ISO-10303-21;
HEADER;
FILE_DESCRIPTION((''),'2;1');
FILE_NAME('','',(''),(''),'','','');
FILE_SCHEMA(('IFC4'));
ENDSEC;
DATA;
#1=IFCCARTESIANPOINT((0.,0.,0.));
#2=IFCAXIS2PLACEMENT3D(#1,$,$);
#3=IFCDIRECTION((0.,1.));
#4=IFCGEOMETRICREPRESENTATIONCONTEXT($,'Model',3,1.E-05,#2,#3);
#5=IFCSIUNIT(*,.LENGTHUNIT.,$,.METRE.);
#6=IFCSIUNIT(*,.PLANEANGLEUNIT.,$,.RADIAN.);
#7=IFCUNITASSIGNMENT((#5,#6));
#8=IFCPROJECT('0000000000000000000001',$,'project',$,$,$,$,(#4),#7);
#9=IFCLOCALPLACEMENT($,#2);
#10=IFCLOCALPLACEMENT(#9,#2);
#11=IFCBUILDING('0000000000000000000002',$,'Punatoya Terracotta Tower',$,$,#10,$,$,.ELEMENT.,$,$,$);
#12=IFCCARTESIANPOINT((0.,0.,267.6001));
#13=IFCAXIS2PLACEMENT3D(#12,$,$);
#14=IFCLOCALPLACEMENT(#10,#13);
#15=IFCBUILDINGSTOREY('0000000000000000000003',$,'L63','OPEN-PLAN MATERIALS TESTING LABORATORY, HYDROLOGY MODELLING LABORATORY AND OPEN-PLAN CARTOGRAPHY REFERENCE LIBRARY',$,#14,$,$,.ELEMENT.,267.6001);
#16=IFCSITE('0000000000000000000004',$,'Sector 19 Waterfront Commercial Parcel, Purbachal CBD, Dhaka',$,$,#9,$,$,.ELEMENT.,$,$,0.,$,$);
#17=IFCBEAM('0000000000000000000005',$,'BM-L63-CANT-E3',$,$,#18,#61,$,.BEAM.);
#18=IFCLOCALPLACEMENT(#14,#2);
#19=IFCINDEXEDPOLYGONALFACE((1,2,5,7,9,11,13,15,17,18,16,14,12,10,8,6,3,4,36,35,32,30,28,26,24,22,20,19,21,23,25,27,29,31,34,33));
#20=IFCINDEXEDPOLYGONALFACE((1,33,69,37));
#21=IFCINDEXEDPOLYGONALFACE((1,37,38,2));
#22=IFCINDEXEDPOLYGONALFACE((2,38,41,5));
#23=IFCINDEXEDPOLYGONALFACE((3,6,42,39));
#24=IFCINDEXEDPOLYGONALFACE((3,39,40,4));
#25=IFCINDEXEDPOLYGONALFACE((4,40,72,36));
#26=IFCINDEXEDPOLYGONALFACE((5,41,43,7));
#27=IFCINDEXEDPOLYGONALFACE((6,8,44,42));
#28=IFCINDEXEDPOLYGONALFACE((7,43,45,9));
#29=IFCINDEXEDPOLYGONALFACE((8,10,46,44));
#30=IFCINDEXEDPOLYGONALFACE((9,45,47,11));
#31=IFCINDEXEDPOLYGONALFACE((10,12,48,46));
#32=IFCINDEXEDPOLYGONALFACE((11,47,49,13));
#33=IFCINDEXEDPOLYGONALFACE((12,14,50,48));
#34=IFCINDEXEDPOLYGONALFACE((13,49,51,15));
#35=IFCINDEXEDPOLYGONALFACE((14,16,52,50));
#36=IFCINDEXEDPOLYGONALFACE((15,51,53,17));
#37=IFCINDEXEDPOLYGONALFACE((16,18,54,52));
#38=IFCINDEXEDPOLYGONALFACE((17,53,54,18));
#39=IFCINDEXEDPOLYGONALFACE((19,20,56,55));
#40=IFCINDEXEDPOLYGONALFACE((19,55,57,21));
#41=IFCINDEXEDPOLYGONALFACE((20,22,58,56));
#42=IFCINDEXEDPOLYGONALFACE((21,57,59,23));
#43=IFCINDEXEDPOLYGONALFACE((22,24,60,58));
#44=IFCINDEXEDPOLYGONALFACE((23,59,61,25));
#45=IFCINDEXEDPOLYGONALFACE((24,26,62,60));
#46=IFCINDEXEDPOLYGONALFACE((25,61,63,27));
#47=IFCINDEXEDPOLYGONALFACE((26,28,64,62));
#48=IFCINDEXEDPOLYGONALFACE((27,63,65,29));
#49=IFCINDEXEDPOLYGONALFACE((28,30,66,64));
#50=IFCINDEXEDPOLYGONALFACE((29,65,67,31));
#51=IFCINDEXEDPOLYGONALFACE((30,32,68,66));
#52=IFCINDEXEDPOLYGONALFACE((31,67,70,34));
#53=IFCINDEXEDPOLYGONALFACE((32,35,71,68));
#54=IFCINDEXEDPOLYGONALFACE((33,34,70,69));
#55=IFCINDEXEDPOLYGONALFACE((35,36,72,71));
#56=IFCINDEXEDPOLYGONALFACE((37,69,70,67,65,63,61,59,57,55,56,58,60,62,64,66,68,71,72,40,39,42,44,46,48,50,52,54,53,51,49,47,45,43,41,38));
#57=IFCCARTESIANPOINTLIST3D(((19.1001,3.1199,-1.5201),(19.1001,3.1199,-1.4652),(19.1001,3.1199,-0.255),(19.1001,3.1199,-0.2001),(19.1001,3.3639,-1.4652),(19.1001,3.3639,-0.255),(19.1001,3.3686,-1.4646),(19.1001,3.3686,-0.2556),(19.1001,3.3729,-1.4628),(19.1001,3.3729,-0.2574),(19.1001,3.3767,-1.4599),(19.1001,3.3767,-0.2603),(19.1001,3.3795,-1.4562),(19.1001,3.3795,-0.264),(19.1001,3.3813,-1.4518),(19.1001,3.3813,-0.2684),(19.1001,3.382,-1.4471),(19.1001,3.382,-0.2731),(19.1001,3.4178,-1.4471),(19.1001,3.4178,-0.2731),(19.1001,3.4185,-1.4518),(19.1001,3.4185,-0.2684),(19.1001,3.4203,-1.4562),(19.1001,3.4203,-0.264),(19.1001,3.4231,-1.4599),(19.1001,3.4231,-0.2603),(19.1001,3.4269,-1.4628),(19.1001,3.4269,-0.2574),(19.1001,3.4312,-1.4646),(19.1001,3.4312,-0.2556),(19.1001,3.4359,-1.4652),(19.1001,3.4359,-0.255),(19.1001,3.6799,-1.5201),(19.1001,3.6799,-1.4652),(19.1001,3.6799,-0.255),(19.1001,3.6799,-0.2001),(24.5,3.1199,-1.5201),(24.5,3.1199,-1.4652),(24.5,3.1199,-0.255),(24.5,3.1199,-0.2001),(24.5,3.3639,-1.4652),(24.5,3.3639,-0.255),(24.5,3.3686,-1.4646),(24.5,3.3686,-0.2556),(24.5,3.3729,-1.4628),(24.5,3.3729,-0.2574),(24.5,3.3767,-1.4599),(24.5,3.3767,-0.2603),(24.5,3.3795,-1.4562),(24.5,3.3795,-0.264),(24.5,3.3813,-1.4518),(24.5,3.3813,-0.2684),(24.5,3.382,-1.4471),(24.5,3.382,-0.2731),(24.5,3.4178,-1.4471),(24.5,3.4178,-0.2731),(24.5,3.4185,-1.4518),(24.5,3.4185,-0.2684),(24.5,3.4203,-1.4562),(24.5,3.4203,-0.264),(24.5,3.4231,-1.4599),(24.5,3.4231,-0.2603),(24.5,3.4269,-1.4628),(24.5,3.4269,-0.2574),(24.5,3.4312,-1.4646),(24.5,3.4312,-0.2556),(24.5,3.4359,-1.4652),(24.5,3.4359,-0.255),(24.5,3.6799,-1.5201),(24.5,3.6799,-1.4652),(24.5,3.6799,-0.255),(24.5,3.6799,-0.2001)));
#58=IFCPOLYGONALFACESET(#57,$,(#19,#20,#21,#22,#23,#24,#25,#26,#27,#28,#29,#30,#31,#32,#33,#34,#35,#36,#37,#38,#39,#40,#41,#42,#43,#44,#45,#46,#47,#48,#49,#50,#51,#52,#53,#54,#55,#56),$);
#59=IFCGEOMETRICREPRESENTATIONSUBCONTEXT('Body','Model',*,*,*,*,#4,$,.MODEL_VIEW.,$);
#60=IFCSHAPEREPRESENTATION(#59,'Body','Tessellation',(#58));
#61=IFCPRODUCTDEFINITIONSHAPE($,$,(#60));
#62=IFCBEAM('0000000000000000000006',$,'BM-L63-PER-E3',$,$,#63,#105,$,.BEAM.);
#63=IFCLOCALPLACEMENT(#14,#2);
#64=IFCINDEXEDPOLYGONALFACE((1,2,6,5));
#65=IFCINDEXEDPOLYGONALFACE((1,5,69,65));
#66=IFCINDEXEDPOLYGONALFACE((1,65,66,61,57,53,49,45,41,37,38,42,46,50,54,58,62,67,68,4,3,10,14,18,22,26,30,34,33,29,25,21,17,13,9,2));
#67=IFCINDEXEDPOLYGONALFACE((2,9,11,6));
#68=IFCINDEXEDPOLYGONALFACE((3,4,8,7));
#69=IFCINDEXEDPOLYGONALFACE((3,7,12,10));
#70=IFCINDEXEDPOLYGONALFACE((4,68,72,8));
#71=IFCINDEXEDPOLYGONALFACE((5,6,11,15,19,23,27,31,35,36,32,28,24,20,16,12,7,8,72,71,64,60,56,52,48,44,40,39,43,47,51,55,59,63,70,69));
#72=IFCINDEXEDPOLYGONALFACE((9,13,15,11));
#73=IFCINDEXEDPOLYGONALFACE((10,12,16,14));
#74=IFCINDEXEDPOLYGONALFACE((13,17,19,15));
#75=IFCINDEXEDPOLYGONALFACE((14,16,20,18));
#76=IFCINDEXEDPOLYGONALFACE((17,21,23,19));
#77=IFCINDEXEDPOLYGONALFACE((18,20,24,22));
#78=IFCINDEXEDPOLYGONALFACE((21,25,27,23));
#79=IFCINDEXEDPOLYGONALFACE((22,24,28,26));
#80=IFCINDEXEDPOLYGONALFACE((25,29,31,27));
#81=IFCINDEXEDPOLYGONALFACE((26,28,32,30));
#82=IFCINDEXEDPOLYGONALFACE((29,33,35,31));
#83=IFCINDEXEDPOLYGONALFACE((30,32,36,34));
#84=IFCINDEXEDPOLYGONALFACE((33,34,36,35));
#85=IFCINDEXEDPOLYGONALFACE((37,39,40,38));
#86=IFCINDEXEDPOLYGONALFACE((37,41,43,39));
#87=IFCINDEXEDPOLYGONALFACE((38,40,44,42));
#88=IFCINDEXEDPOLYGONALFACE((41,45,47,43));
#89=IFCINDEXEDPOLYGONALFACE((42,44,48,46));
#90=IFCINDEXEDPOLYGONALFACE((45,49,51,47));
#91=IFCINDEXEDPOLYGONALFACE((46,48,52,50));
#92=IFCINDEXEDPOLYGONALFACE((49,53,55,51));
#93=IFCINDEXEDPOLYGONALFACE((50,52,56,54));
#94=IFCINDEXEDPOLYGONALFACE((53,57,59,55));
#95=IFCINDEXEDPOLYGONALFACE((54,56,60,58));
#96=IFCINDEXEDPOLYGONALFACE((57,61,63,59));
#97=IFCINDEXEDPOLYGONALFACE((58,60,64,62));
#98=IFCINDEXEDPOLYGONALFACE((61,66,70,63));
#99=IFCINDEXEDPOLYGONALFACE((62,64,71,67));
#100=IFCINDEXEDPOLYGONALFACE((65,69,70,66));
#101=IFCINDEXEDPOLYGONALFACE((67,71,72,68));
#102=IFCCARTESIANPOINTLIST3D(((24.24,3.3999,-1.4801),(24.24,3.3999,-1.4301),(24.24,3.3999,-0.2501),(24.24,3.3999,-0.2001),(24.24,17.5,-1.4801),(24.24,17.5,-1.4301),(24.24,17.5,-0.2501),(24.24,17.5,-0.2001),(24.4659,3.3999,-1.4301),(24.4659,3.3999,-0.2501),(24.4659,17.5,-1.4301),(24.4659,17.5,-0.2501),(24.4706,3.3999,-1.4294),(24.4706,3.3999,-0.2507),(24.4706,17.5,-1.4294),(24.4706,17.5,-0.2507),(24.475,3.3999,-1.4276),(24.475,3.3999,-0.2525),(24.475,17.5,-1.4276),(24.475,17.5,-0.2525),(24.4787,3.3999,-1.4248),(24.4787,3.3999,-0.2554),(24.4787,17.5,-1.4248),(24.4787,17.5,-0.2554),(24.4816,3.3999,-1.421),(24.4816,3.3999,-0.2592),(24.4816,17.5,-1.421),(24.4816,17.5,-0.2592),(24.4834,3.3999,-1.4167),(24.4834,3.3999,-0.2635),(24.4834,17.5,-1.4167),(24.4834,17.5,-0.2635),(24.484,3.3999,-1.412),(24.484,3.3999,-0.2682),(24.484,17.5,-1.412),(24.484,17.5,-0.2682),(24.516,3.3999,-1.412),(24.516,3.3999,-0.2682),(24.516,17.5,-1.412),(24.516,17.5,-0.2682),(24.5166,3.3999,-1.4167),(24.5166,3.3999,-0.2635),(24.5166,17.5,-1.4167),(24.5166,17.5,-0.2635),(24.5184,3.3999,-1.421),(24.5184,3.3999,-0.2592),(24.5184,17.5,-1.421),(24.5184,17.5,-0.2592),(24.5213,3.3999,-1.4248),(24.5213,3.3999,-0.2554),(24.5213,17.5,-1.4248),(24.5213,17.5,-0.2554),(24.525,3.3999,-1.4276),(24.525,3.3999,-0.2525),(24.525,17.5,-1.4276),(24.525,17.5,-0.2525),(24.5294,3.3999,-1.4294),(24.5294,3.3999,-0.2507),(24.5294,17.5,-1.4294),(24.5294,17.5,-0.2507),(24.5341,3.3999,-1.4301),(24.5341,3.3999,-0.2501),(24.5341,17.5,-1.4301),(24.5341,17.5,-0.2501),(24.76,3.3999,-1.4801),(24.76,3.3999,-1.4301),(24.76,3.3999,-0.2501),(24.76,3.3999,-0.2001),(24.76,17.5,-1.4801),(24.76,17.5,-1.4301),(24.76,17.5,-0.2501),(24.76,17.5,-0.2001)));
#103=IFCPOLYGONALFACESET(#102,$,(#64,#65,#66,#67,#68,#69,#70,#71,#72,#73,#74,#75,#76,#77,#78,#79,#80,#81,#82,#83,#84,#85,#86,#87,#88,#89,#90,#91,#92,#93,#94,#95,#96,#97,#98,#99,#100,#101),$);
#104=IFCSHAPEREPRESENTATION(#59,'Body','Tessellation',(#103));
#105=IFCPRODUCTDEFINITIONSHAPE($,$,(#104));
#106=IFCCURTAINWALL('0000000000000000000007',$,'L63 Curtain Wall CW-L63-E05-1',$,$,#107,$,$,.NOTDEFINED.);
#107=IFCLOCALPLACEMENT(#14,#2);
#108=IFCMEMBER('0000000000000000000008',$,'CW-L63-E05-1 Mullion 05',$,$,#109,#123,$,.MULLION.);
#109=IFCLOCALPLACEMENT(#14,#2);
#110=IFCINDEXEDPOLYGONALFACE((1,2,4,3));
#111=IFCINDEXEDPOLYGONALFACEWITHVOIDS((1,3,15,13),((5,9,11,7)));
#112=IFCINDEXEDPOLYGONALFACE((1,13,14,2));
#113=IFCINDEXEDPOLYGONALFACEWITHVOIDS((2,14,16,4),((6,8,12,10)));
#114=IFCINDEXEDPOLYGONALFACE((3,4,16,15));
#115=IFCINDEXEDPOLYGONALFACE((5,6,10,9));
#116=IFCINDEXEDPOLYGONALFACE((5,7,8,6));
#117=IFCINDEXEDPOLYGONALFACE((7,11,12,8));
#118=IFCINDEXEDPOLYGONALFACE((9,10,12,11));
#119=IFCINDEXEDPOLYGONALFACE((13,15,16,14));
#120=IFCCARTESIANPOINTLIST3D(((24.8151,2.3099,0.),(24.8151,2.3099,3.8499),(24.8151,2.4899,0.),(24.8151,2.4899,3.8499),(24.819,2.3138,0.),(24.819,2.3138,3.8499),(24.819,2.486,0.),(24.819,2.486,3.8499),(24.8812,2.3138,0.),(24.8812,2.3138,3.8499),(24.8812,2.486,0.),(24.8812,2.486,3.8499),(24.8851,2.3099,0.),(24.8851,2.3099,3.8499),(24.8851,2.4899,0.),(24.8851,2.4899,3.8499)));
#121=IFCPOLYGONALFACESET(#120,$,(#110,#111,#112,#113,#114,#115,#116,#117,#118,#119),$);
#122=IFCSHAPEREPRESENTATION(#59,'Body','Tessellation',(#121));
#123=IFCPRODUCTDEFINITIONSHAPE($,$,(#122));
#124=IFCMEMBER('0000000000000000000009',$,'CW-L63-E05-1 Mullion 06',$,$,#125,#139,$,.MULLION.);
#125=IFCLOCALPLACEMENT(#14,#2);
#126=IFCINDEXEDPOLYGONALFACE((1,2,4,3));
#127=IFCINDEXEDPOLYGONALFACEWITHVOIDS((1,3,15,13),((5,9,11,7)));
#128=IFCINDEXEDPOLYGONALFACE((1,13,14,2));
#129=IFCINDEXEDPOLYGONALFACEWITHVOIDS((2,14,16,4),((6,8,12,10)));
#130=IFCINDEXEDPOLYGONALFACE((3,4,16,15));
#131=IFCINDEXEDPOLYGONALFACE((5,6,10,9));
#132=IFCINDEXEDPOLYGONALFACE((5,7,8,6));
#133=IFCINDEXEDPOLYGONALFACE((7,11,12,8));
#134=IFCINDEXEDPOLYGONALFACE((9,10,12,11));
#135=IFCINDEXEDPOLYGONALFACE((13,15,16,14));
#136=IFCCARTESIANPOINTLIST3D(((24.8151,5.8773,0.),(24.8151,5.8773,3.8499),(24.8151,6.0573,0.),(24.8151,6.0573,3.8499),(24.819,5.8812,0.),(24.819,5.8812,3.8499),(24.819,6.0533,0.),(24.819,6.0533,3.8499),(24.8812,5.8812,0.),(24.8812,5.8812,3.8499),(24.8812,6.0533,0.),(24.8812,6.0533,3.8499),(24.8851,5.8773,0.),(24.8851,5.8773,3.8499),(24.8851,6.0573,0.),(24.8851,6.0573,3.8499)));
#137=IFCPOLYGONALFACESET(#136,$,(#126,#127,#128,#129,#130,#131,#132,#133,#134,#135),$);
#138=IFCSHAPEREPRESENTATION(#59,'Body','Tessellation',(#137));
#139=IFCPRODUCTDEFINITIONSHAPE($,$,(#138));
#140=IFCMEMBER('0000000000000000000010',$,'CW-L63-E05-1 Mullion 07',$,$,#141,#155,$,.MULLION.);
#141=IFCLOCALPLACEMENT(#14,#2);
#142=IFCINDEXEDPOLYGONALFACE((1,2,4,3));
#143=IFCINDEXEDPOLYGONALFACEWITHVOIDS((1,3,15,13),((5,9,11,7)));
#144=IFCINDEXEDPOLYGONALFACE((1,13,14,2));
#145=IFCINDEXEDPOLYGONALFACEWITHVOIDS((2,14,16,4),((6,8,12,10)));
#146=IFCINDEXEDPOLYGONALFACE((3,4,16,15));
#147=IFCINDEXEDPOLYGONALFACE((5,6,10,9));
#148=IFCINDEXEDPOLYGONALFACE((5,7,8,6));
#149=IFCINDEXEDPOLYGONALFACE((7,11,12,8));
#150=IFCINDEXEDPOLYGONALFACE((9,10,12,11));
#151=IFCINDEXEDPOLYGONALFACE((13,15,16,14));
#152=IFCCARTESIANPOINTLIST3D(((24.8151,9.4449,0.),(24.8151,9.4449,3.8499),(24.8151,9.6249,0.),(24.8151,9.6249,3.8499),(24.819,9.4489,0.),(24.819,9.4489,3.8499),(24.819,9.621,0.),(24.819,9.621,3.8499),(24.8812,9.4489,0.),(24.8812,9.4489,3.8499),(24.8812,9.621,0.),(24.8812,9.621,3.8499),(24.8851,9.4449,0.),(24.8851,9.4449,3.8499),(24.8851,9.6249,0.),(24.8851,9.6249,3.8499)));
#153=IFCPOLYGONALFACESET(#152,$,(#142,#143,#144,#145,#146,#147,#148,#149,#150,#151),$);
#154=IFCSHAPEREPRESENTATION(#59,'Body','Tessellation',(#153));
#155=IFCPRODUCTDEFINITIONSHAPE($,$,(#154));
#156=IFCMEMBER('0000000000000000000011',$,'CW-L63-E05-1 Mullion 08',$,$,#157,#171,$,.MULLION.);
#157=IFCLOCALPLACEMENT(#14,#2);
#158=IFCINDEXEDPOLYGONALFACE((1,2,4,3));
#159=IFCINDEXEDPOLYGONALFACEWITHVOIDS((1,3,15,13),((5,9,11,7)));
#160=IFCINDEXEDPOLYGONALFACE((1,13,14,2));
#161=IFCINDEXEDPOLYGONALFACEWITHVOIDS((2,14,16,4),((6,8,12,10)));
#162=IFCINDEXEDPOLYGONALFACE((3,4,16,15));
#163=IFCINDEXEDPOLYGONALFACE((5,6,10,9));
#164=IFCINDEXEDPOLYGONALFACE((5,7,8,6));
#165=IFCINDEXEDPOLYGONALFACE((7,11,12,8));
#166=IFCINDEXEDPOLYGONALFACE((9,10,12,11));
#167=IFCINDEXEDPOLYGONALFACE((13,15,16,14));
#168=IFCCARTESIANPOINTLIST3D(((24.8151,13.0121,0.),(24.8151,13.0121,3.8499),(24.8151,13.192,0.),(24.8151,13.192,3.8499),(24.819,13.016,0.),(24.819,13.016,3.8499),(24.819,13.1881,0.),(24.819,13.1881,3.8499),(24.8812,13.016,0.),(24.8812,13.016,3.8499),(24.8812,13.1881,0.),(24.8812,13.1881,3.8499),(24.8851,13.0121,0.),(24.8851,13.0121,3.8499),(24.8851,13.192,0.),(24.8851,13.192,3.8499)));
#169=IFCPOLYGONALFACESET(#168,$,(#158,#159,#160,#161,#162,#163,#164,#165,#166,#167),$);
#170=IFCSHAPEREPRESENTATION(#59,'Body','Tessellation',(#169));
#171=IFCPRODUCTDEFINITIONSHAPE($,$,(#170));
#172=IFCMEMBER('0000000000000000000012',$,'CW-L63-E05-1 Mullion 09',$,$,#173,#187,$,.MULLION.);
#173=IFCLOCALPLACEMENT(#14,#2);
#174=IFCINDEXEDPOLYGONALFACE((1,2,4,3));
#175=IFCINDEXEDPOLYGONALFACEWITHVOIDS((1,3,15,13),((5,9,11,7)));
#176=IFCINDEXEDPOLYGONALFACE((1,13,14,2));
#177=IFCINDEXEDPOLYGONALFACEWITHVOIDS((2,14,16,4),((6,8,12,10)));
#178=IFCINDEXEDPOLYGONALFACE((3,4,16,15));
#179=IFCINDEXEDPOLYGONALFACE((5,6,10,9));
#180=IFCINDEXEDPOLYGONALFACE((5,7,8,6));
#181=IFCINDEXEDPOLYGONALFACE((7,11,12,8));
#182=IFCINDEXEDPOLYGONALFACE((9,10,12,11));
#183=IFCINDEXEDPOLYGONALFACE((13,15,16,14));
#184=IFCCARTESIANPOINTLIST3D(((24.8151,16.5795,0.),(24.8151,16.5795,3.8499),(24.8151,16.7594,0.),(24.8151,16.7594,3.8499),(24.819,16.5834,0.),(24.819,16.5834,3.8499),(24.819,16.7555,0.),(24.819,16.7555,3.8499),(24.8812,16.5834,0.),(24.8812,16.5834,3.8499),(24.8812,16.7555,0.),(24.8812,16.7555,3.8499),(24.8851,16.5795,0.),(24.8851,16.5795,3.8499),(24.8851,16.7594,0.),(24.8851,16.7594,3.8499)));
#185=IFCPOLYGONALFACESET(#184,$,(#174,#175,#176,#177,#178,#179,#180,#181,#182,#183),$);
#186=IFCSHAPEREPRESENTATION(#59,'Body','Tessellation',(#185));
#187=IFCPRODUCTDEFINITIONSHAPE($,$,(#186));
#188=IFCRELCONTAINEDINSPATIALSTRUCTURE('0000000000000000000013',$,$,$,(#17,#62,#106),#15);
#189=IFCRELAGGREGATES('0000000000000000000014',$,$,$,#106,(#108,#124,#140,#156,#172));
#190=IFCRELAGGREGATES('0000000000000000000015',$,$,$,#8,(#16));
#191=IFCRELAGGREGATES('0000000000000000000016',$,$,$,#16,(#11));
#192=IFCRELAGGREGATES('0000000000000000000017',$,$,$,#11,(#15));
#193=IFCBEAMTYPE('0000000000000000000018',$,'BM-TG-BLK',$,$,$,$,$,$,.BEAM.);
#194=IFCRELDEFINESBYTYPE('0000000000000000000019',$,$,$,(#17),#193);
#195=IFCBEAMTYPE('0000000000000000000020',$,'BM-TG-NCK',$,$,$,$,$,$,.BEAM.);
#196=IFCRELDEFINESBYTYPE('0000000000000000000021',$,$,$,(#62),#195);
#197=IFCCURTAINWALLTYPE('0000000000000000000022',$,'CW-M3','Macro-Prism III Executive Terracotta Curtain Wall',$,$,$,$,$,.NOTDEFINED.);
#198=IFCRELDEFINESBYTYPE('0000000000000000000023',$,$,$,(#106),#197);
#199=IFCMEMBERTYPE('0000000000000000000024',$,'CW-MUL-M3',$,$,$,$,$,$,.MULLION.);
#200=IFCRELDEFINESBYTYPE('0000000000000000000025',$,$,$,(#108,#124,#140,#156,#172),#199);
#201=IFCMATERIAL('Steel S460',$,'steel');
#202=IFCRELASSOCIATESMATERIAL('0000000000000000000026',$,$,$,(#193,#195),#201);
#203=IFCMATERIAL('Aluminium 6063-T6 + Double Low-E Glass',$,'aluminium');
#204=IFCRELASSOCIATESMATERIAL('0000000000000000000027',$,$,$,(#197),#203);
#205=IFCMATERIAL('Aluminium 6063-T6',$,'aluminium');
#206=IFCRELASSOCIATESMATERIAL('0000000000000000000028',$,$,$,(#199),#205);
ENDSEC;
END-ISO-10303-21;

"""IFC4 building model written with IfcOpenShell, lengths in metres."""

from ifc_helpers import new_model, si_unit, direction, frame, origin, origin_2d, place, context, subcontext, project, spatial, hollow_rectangle, i_section, extrude, material, material_profile, profile_set, type_object, element, aggregate, save


model = new_model("IFC4")

# Units and contexts
model_context = context("Model", 3, precision=1e-05, world=origin(), true_north=direction((0.0, 1.0)))
body_context = subcontext(model_context, "Body", "Model", "MODEL_VIEW")
ifc_project = project(units=[si_unit("LENGTHUNIT", "METRE"), si_unit("PLANEANGLEUNIT", "RADIAN")], contexts=[model_context])

# Site, building, storey
site_placement = place(None, origin())
site = spatial("IfcSite", under=ifc_project, at=site_placement, Name="Sector 19 Waterfront Commercial Parcel, Purbachal CBD, Dhaka", CompositionType="ELEMENT", RefElevation=0.0)
building_placement = place(site_placement, origin())
building = spatial("IfcBuilding", under=site, at=building_placement, Name="Punatoya Terracotta Tower", CompositionType="ELEMENT")
storey_placement = place(building_placement, frame((0.0, 0.0, 267.6001)))
storey = spatial("IfcBuildingStorey", under=building, at=storey_placement, Name="L63", Description="OPEN-PLAN MATERIALS TESTING LABORATORY, HYDROLOGY MODELLING LABORATORY AND OPEN-PLAN CARTOGRAPHY REFERENCE LIBRARY", CompositionType="ELEMENT", Elevation=267.6001)

# Shared definitions
ifc_material_1 = material(Name="Steel S460", Category="steel")

# Beams
ifc_material_profile_1 = material_profile(ifc_material_1, i_section(OverallWidth=0.5601, OverallDepth=1.3201, WebThickness=0.0359, FlangeThickness=0.0549, FilletRadius=0.0181, at=origin_2d()))
ifc_profile_set_1 = profile_set([ifc_material_profile_1], Name="Steel S460")
beam_type_1 = type_object("IfcBeamType", Name="BM-TG-BLK", PredefinedType="BEAM", material=ifc_profile_set_1)
beam_1_placement = place(storey_placement, frame((19.1001, 3.3999, -0.8601), z_axis=(1.0, 0.0, 0.0), x_axis=(0.0, 1.0, 0.0)))
element("IfcBeam", 1, at=beam_1_placement, inside=storey, type_object=beam_type_1, Name="BM-L63-CANT-E3", PredefinedType="BEAM", context=body_context, shape_type="SweptSolid", body=[
    extrude(i_section(OverallWidth=0.5601, OverallDepth=1.3201, WebThickness=0.0359, FlangeThickness=0.0549, FilletRadius=0.0181, at=origin_2d()), origin(), (0.0, 0.0, 1.0), 5.3999),
])
ifc_material_profile_2 = material_profile(ifc_material_1, i_section(OverallWidth=0.52, OverallDepth=1.28, WebThickness=0.032, FlangeThickness=0.05, FilletRadius=0.0181, at=origin_2d()))
ifc_profile_set_2 = profile_set([ifc_material_profile_2], Name="Steel S460")
beam_type_2 = type_object("IfcBeamType", Name="BM-TG-NCK", PredefinedType="BEAM", material=ifc_profile_set_2)
beam_2_placement = place(storey_placement, frame((24.5, 3.3999, -0.8401), z_axis=(0.0, 1.0, 0.0), x_axis=(-1.0, 0.0, 0.0)))
element("IfcBeam", 2, at=beam_2_placement, inside=storey, type_object=beam_type_2, Name="BM-L63-PER-E3", PredefinedType="BEAM", context=body_context, shape_type="SweptSolid", body=[
    extrude(i_section(OverallWidth=0.52, OverallDepth=1.28, WebThickness=0.032, FlangeThickness=0.05, FilletRadius=0.0181, at=origin_2d()), origin(), (0.0, 0.0, 1.0), 14.1001),
])

# Curtain wall, members
ifc_material_2 = material(Name="Aluminium 6063-T6 + Double Low-E Glass", Category="aluminium")
curtain_wall_type = type_object("IfcCurtainWallType", Name="CW-M3", Description="Macro-Prism III Executive Terracotta Curtain Wall", PredefinedType="NOTDEFINED", material=ifc_material_2)
curtain_wall_placement = place(storey_placement, origin())
curtain_wall = element("IfcCurtainWall", 3, at=curtain_wall_placement, inside=storey, type_object=curtain_wall_type, Name="L63 Curtain Wall CW-L63-E05-1", PredefinedType="NOTDEFINED")
ifc_material_3 = material(Name="Aluminium 6063-T6", Category="aluminium")
ifc_material_profile_3 = material_profile(ifc_material_3, hollow_rectangle(XDim=0.0701, YDim=0.1799, WallThickness=0.0039, at=origin_2d()))
ifc_profile_set_3 = profile_set([ifc_material_profile_3], Name="Aluminium 6063-T6")
member_type = type_object("IfcMemberType", Name="CW-MUL-M3", PredefinedType="MULLION", material=ifc_profile_set_3)
member_1_placement = place(storey_placement, frame((24.8501, 2.3999, 0.0), z_axis=(0.0, 0.0, 1.0), x_axis=(1.0, 0.0, 0.0)))
member_1 = element("IfcMember", 4, at=member_1_placement, type_object=member_type, Name="CW-L63-E05-1 Mullion 05", PredefinedType="MULLION", context=body_context, shape_type="SweptSolid", body=[
    extrude(hollow_rectangle(XDim=0.0701, YDim=0.1799, WallThickness=0.0039, at=origin_2d()), origin(), (0.0, 0.0, 1.0), 3.8499),
])
member_2_placement = place(storey_placement, frame((24.8501, 5.9673, 0.0), z_axis=(0.0, 0.0, 1.0), x_axis=(1.0, 0.0, 0.0)))
member_2 = element("IfcMember", 5, at=member_2_placement, type_object=member_type, Name="CW-L63-E05-1 Mullion 06", PredefinedType="MULLION", context=body_context, shape_type="SweptSolid", body=[
    extrude(hollow_rectangle(XDim=0.0701, YDim=0.1799, WallThickness=0.0039, at=origin_2d()), origin(), (0.0, 0.0, 1.0), 3.8499),
])
member_3_placement = place(storey_placement, frame((24.8501, 9.5349, 0.0), z_axis=(0.0, 0.0, 1.0), x_axis=(1.0, 0.0, 0.0)))
member_3 = element("IfcMember", 6, at=member_3_placement, type_object=member_type, Name="CW-L63-E05-1 Mullion 07", PredefinedType="MULLION", context=body_context, shape_type="SweptSolid", body=[
    extrude(hollow_rectangle(XDim=0.0701, YDim=0.1799, WallThickness=0.0039, at=origin_2d()), origin(), (0.0, 0.0, 1.0), 3.8499),
])
member_4_placement = place(storey_placement, frame((24.8501, 13.1021, 0.0), z_axis=(0.0, 0.0, 1.0), x_axis=(1.0, 0.0, 0.0)))
member_4 = element("IfcMember", 7, at=member_4_placement, type_object=member_type, Name="CW-L63-E05-1 Mullion 08", PredefinedType="MULLION", context=body_context, shape_type="SweptSolid", body=[
    extrude(hollow_rectangle(XDim=0.0701, YDim=0.1799, WallThickness=0.0039, at=origin_2d()), origin(), (0.0, 0.0, 1.0), 3.8499),
])
member_5_placement = place(storey_placement, frame((24.8501, 16.6694, 0.0), z_axis=(0.0, 0.0, 1.0), x_axis=(1.0, 0.0, 0.0)))
member_5 = element("IfcMember", 8, at=member_5_placement, type_object=member_type, Name="CW-L63-E05-1 Mullion 09", PredefinedType="MULLION", context=body_context, shape_type="SweptSolid", body=[
    extrude(hollow_rectangle(XDim=0.0701, YDim=0.1799, WallThickness=0.0039, at=origin_2d()), origin(), (0.0, 0.0, 1.0), 3.8499),
])
aggregate(curtain_wall, [member_1, member_2, member_3, member_4, member_5])

save(model, "model.ifc")
